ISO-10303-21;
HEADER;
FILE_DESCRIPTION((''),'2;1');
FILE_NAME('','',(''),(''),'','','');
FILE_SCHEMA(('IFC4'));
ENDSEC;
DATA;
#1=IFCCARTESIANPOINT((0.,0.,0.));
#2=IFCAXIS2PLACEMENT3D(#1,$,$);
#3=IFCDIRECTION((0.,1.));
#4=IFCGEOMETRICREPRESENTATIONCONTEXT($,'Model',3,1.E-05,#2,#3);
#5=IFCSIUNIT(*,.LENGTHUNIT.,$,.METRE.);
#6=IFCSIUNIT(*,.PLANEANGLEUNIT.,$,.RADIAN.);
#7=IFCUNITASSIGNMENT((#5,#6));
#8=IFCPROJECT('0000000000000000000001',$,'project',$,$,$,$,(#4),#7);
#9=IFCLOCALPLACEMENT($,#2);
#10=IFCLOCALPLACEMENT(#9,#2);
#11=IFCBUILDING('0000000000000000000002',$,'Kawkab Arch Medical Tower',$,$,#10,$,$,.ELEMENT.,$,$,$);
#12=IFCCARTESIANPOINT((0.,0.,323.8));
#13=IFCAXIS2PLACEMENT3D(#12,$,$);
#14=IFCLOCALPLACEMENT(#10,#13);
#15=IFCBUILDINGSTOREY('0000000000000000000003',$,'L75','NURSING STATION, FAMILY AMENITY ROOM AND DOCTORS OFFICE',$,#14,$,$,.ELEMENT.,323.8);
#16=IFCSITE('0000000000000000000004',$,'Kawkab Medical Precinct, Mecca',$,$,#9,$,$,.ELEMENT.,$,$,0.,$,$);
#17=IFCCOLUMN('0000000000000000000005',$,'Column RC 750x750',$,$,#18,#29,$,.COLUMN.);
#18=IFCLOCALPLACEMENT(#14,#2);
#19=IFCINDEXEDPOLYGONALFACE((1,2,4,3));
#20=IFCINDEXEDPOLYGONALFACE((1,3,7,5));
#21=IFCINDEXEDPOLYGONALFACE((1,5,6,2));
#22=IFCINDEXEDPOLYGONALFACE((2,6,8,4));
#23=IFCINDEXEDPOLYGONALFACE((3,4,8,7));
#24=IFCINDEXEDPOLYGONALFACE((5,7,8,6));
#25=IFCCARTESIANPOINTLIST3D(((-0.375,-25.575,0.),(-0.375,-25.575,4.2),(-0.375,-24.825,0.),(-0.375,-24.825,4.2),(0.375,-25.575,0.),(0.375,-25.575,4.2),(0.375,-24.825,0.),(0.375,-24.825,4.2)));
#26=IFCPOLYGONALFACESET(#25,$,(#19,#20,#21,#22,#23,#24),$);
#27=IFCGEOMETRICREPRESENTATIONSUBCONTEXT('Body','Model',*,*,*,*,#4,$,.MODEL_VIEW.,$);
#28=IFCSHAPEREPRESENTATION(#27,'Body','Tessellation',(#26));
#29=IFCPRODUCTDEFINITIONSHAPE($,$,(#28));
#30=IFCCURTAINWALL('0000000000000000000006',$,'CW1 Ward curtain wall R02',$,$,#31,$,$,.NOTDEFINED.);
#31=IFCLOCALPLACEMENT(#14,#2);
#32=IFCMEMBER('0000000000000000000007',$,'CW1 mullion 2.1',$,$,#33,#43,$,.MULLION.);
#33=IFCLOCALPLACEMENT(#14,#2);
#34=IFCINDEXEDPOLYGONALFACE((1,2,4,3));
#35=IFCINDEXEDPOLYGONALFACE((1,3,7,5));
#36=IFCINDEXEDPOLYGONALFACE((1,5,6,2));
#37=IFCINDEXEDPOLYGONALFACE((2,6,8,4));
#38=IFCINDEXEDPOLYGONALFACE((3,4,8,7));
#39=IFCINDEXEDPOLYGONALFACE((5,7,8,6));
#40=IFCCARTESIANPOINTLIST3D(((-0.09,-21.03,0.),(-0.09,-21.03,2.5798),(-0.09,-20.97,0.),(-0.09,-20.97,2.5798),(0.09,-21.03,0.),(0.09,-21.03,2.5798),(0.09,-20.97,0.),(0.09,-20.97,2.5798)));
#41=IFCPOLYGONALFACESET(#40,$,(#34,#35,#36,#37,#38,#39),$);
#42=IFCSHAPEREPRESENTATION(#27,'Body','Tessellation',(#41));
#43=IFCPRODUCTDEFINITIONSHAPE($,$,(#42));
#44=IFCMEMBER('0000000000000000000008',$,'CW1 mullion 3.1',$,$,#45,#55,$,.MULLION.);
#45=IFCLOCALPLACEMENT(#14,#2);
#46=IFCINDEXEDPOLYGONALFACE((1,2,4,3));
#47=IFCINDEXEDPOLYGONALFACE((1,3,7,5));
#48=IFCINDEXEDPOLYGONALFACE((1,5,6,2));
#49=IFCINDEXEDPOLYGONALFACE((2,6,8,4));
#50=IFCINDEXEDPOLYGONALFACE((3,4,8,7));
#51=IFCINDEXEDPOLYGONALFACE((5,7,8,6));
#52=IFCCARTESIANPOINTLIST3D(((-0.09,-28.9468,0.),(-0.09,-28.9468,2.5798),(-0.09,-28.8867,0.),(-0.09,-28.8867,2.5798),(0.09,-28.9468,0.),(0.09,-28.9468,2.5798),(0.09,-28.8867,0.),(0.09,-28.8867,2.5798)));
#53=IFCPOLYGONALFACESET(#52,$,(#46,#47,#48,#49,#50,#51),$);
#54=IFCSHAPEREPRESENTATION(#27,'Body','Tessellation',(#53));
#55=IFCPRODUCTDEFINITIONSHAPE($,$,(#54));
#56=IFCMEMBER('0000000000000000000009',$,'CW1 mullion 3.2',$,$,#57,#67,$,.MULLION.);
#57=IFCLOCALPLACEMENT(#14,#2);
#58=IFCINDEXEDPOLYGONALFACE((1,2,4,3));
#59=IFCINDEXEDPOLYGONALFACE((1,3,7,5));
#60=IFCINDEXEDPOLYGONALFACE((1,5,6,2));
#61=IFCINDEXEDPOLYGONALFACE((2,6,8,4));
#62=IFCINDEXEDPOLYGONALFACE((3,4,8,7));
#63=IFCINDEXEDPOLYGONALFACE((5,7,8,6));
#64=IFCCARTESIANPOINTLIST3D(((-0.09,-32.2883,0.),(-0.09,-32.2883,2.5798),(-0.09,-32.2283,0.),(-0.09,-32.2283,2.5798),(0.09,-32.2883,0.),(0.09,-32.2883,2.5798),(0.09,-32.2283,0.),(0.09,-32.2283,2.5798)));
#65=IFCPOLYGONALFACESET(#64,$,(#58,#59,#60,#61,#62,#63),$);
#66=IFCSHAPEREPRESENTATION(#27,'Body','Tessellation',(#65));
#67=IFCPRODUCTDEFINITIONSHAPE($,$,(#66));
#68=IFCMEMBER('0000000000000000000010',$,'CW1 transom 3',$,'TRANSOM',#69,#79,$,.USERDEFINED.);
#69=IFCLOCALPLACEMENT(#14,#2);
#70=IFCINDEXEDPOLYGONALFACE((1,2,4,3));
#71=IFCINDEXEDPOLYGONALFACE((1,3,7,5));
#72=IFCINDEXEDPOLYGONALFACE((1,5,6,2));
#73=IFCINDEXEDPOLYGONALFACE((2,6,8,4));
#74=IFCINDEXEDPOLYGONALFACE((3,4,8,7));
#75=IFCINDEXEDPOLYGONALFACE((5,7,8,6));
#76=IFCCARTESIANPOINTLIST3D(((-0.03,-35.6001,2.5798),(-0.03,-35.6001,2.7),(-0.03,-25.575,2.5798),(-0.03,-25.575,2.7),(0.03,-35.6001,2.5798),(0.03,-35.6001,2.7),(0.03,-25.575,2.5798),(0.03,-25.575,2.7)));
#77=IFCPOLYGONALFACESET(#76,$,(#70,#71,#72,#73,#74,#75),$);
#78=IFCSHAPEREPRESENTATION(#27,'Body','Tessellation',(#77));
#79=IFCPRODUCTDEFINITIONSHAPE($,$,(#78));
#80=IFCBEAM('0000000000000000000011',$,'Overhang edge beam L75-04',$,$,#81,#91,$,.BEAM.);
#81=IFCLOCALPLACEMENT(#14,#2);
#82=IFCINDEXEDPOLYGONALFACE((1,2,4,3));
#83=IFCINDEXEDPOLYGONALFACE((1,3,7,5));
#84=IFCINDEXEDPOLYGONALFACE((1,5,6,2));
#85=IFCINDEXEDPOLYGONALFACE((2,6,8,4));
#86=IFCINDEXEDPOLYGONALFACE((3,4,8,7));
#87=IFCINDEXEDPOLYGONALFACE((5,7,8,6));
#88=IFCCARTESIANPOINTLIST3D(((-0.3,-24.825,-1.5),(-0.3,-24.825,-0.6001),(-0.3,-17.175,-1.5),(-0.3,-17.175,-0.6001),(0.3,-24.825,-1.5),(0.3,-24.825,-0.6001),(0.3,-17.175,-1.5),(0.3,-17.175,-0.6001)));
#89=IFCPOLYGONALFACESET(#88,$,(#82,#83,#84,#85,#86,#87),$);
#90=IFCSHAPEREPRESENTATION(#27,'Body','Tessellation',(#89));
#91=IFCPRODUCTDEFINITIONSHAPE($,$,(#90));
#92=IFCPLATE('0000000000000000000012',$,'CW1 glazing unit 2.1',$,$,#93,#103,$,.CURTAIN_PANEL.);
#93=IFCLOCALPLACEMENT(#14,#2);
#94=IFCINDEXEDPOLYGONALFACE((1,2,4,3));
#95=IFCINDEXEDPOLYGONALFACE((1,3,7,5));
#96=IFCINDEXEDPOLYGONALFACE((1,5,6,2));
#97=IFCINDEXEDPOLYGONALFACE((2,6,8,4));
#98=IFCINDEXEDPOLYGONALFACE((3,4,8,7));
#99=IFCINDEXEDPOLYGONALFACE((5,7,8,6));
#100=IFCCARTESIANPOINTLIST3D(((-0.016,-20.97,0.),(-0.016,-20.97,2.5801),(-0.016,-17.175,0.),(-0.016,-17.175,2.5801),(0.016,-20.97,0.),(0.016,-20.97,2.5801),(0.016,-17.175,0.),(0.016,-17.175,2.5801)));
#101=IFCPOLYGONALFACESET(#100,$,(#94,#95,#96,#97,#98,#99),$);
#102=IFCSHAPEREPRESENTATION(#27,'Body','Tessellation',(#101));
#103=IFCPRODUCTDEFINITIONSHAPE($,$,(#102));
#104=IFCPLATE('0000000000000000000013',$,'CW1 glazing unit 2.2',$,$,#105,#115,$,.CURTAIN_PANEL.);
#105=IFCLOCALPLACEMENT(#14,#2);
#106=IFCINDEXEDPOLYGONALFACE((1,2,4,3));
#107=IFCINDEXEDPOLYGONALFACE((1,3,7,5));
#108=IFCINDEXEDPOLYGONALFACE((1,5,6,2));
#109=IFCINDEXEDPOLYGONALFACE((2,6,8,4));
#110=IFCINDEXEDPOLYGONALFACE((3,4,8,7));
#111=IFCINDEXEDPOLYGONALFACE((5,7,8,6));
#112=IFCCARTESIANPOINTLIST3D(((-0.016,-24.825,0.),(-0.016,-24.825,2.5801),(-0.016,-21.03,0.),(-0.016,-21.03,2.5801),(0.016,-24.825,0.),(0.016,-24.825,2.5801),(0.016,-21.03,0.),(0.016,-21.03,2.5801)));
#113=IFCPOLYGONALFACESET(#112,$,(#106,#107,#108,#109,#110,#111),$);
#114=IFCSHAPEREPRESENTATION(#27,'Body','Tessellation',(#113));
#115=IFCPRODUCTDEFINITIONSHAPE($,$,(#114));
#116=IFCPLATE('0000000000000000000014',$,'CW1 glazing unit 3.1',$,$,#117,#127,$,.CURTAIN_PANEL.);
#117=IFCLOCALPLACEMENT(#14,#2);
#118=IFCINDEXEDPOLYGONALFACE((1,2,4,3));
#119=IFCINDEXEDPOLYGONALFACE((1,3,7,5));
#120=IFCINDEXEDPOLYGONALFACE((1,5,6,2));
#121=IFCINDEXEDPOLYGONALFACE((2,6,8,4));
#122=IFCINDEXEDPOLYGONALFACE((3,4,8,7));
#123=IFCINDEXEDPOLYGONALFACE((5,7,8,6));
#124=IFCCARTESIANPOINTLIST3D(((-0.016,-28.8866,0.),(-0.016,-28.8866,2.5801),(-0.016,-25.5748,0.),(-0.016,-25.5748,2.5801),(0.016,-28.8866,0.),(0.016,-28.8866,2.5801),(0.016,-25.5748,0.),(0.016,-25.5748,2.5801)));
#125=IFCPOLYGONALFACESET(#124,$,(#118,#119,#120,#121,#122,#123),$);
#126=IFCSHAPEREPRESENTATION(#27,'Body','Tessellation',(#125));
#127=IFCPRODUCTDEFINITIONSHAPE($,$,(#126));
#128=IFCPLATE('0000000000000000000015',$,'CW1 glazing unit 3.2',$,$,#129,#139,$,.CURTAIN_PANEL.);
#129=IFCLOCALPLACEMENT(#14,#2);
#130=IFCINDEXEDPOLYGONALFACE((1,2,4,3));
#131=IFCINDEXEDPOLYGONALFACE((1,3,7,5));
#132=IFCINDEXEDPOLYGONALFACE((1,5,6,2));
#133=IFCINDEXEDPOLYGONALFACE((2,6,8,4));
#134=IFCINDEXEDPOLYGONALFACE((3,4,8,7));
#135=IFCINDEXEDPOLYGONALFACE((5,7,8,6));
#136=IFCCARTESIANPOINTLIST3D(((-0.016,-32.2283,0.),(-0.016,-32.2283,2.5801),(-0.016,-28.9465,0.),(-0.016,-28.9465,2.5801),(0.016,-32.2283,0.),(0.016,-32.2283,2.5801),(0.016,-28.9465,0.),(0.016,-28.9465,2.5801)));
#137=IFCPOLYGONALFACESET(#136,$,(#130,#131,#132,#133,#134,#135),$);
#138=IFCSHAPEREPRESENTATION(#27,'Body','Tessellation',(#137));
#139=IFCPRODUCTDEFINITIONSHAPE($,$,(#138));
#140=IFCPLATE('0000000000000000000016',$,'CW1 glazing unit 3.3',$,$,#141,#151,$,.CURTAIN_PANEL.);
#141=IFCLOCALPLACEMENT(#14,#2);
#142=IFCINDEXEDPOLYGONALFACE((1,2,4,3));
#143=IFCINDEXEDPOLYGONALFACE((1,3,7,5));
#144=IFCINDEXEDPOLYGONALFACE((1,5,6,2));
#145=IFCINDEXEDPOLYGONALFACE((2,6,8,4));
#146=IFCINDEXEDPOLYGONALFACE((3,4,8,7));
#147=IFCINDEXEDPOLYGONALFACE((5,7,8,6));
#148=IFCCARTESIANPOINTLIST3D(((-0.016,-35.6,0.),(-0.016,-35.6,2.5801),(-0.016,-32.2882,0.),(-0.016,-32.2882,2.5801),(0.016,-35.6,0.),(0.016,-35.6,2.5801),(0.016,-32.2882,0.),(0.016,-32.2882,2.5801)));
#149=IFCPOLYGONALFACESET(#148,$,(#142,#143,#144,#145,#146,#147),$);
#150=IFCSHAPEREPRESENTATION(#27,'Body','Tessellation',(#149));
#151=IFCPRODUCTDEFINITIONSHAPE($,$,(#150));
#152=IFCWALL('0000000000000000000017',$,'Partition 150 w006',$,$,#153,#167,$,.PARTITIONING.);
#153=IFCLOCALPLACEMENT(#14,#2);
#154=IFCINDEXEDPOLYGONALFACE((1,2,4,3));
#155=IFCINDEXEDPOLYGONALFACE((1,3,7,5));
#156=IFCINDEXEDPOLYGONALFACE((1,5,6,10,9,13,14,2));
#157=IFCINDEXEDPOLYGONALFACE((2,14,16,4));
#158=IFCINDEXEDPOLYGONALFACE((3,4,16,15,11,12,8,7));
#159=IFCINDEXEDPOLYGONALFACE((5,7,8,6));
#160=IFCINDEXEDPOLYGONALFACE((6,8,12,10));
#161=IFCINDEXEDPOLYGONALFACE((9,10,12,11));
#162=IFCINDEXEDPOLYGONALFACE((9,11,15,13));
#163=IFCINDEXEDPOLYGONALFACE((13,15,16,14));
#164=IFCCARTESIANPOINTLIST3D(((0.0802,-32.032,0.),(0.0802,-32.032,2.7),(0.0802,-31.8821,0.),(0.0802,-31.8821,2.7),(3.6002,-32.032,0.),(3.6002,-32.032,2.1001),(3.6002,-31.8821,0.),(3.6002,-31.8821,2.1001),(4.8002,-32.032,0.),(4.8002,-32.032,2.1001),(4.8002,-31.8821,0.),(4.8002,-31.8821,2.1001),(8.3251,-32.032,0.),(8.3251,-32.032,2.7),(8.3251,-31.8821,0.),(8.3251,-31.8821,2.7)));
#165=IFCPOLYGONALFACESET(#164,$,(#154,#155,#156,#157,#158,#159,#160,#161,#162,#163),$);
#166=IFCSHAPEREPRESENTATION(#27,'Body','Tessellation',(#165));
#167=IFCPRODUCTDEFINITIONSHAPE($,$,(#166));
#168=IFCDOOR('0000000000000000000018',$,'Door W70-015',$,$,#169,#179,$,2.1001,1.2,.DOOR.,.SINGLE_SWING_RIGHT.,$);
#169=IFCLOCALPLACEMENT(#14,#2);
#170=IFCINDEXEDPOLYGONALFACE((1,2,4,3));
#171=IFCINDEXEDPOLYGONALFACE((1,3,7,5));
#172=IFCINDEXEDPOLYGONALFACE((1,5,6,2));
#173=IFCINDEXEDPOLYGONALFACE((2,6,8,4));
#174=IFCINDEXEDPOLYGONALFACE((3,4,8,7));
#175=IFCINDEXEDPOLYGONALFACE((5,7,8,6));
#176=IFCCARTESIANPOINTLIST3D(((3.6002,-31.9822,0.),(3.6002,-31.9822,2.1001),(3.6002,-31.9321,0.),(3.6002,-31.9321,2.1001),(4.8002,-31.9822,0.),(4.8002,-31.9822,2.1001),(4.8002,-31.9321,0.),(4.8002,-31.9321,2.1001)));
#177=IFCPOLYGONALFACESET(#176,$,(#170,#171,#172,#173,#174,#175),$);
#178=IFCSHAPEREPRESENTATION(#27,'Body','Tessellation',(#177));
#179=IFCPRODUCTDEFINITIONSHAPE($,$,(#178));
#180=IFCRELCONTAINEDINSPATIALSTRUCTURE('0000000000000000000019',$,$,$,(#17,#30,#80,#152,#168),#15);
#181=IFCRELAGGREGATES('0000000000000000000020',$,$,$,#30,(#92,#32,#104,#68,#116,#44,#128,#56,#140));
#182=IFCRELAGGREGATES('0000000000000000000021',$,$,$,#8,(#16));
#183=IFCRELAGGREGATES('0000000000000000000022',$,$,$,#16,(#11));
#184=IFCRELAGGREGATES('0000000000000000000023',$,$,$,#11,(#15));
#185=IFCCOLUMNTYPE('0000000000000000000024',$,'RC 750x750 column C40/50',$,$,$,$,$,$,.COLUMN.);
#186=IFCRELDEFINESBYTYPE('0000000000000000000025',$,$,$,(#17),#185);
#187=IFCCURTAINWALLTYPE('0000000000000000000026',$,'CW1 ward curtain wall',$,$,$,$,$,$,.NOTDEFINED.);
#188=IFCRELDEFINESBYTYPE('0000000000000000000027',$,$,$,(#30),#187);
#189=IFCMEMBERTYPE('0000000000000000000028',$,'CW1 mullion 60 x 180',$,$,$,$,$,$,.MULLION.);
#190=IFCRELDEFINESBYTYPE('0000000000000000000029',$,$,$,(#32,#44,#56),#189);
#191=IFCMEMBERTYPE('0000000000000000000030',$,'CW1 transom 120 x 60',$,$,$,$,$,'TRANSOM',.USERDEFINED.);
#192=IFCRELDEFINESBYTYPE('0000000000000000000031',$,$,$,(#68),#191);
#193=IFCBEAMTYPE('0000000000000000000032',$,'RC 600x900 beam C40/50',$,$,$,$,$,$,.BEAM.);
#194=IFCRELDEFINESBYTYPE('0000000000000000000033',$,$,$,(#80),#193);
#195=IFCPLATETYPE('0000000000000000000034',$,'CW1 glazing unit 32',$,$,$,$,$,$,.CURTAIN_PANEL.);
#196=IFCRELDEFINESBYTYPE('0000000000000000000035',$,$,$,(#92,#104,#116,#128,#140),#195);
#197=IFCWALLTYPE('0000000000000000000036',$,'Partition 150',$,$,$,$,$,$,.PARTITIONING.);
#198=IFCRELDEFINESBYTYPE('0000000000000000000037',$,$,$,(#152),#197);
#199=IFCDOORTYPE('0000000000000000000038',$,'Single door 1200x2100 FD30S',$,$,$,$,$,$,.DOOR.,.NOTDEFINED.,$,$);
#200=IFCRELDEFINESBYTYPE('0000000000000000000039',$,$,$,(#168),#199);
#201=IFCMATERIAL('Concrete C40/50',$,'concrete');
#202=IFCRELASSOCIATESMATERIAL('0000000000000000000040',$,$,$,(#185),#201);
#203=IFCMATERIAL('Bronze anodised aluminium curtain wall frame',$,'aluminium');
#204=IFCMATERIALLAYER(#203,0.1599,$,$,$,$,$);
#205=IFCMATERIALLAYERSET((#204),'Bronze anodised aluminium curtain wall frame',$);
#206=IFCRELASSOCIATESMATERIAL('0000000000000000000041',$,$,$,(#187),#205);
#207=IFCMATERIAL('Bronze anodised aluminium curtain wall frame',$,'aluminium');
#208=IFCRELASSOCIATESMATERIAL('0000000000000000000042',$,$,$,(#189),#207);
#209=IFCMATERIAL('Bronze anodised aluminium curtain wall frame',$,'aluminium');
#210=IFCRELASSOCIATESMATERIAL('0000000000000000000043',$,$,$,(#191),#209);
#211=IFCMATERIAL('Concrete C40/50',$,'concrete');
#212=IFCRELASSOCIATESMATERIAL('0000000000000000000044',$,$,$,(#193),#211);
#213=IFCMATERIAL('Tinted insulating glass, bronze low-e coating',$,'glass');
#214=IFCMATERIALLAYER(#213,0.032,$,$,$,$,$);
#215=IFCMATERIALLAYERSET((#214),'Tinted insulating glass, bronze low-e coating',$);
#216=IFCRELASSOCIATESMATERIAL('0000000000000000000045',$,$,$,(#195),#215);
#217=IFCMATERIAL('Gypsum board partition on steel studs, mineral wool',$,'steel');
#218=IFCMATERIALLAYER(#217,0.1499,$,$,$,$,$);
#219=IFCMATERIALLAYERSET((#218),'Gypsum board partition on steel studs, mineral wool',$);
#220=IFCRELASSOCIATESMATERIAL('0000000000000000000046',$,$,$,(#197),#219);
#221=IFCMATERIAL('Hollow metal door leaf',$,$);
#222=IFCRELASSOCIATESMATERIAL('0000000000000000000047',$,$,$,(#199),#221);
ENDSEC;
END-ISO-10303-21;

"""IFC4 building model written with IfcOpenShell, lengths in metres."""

from ifc_helpers import new_model, si_unit, direction, frame, frame_2d, origin, origin_2d, place, context, subcontext, project, spatial, rectangle, extrude, material, layer, layer_set, material_profile, profile_set, type_object, element, fill, aggregate, save


model = new_model("IFC4")

# Units and contexts
model_context = context("Model", 3, precision=1e-05, world=origin(), true_north=direction((0.0, 1.0)))
body_context = subcontext(model_context, "Body", "Model", "MODEL_VIEW")
ifc_project = project(units=[si_unit("LENGTHUNIT", "METRE"), si_unit("PLANEANGLEUNIT", "RADIAN")], contexts=[model_context])

# Site, building, storey
site_placement = place(None, origin())
site = spatial("IfcSite", under=ifc_project, at=site_placement, Name="Kawkab Medical Precinct, Mecca", CompositionType="ELEMENT", RefElevation=0.0)
building_placement = place(site_placement, origin())
building = spatial("IfcBuilding", under=site, at=building_placement, Name="Kawkab Arch Medical Tower", CompositionType="ELEMENT")
storey_placement = place(building_placement, frame((0.0, 0.0, 323.8)))
storey = spatial("IfcBuildingStorey", under=building, at=storey_placement, Name="L75", Description="NURSING STATION, FAMILY AMENITY ROOM AND DOCTORS OFFICE", CompositionType="ELEMENT", Elevation=323.8)

# Column
ifc_material_1 = material(Name="Concrete C40/50", Category="concrete")
ifc_material_profile_1 = material_profile(ifc_material_1, rectangle(XDim=0.75, YDim=0.75, at=origin_2d()), Name="RC 750x750")
ifc_profile_set_1 = profile_set([ifc_material_profile_1], Name="Concrete C40/50")
column_type = type_object("IfcColumnType", Name="RC 750x750 column C40/50", PredefinedType="COLUMN", material=ifc_profile_set_1)
column_placement = place(storey_placement, frame((0.0, -25.2, 0.0), z_axis=(0.0, 0.0, 1.0), x_axis=(1.0, 0.0, 0.0)))
element("IfcColumn", 1, at=column_placement, inside=storey, type_object=column_type, Name="Column RC 750x750", PredefinedType="COLUMN", context=body_context, shape_type="SweptSolid", body=[
    extrude(rectangle(XDim=0.75, YDim=0.75, at=origin_2d()), origin(), (0.0, 0.0, 1.0), 4.2),
])

# Curtain wall, members
ifc_material_2 = material(Name="Bronze anodised aluminium curtain wall frame", Category="aluminium")
ifc_layer_1 = layer(ifc_material_2, 0.1599)
ifc_layer_set_1 = layer_set([ifc_layer_1], Name="Bronze anodised aluminium curtain wall frame")
curtain_wall_type = type_object("IfcCurtainWallType", Name="CW1 ward curtain wall", PredefinedType="NOTDEFINED", material=ifc_layer_set_1)
curtain_wall_placement = place(storey_placement, origin())
curtain_wall = element("IfcCurtainWall", 2, at=curtain_wall_placement, inside=storey, type_object=curtain_wall_type, Name="CW1 Ward curtain wall R02", PredefinedType="NOTDEFINED")
ifc_material_3 = material(Name="Bronze anodised aluminium curtain wall frame", Category="aluminium")
ifc_material_profile_2 = material_profile(ifc_material_3, rectangle(XDim=0.1799, YDim=0.0601, at=origin_2d()), Name="AL 60x180")
ifc_profile_set_2 = profile_set([ifc_material_profile_2], Name="Bronze anodised aluminium curtain wall frame")
member_type_1 = type_object("IfcMemberType", Name="CW1 mullion 60 x 180", PredefinedType="MULLION", material=ifc_profile_set_2)
member_1_placement = place(storey_placement, frame((0.0, -21.0, 0.0), z_axis=(0.0, 0.0, 1.0), x_axis=(1.0, 0.0, 0.0)))
member_1 = element("IfcMember", 3, at=member_1_placement, type_object=member_type_1, Name="CW1 mullion 2.1", PredefinedType="MULLION", context=body_context, shape_type="SweptSolid", body=[
    extrude(rectangle(XDim=0.1799, YDim=0.0601, at=origin_2d()), origin(), (0.0, 0.0, 1.0), 2.5798),
])
member_2_placement = place(storey_placement, frame((0.0, -28.9167, 0.0), z_axis=(0.0, 0.0, 1.0), x_axis=(1.0, 0.0, 0.0)))
member_2 = element("IfcMember", 4, at=member_2_placement, type_object=member_type_1, Name="CW1 mullion 3.1", PredefinedType="MULLION", context=body_context, shape_type="SweptSolid", body=[
    extrude(rectangle(XDim=0.1799, YDim=0.0601, at=origin_2d()), origin(), (0.0, 0.0, 1.0), 2.5798),
])
member_3_placement = place(storey_placement, frame((0.0, -32.2583, 0.0), z_axis=(0.0, 0.0, 1.0), x_axis=(1.0, 0.0, 0.0)))
member_3 = element("IfcMember", 5, at=member_3_placement, type_object=member_type_1, Name="CW1 mullion 3.2", PredefinedType="MULLION", context=body_context, shape_type="SweptSolid", body=[
    extrude(rectangle(XDim=0.1799, YDim=0.0601, at=origin_2d()), origin(), (0.0, 0.0, 1.0), 2.5798),
])
ifc_material_4 = material(Name="Bronze anodised aluminium curtain wall frame", Category="aluminium")
ifc_material_profile_3 = material_profile(ifc_material_4, rectangle(XDim=0.0601, YDim=0.1201, at=origin_2d()), Name="AL 60x120")
ifc_profile_set_3 = profile_set([ifc_material_profile_3], Name="Bronze anodised aluminium curtain wall frame")
member_type_2 = type_object("IfcMemberType", Name="CW1 transom 120 x 60", ElementType="TRANSOM", PredefinedType="USERDEFINED", material=ifc_profile_set_3)
member_4_placement = place(storey_placement, frame((0.0, -25.575, 2.6399), z_axis=(0.0, -1.0, 0.0), x_axis=(1.0, 0.0, 0.0)))
member_4 = element("IfcMember", 6, at=member_4_placement, type_object=member_type_2, Name="CW1 transom 3", ObjectType="TRANSOM", PredefinedType="USERDEFINED", context=body_context, shape_type="SweptSolid", body=[
    extrude(rectangle(XDim=0.0601, YDim=0.1201, at=origin_2d()), origin(), (0.0, 0.0, 1.0), 10.0251),
])

# Beam
ifc_material_5 = material(Name="Concrete C40/50", Category="concrete")
ifc_material_profile_4 = material_profile(ifc_material_5, rectangle(XDim=0.6001, YDim=0.8999, at=origin_2d()), Name="RC 600x900")
ifc_profile_set_4 = profile_set([ifc_material_profile_4], Name="Concrete C40/50")
beam_type = type_object("IfcBeamType", Name="RC 600x900 beam C40/50", PredefinedType="BEAM", material=ifc_profile_set_4)
beam_placement = place(storey_placement, frame((0.0, -24.825, -1.05), z_axis=(0.0, 1.0, 0.0), x_axis=(-1.0, 0.0, 0.0)))
element("IfcBeam", 7, at=beam_placement, inside=storey, type_object=beam_type, Name="Overhang edge beam L75-04", PredefinedType="BEAM", context=body_context, shape_type="SweptSolid", body=[
    extrude(rectangle(XDim=0.6001, YDim=0.8999, at=origin_2d()), origin(), (0.0, 0.0, 1.0), 7.6499),
])

# Plates
ifc_material_6 = material(Name="Tinted insulating glass, bronze low-e coating", Category="glass")
ifc_layer_2 = layer(ifc_material_6, 0.032)
ifc_layer_set_2 = layer_set([ifc_layer_2], Name="Tinted insulating glass, bronze low-e coating")
plate_type = type_object("IfcPlateType", Name="CW1 glazing unit 32", PredefinedType="CURTAIN_PANEL", material=ifc_layer_set_2)
plate_1_placement = place(storey_placement, frame((0.0, -19.0725, 0.0), z_axis=(0.0, 0.0, 1.0), x_axis=(0.0, -1.0, 0.0)))
plate_1 = element("IfcPlate", 8, at=plate_1_placement, type_object=plate_type, Name="CW1 glazing unit 2.1", PredefinedType="CURTAIN_PANEL", context=body_context, shape_type="SweptSolid", body=[
    extrude(rectangle(XDim=3.7949, YDim=0.032, at=origin_2d()), origin(), (0.0, 0.0, 1.0), 2.5801),
])
plate_2_placement = place(storey_placement, frame((0.0, -22.9275, 0.0), z_axis=(0.0, 0.0, 1.0), x_axis=(0.0, -1.0, 0.0)))
plate_2 = element("IfcPlate", 9, at=plate_2_placement, type_object=plate_type, Name="CW1 glazing unit 2.2", PredefinedType="CURTAIN_PANEL", context=body_context, shape_type="SweptSolid", body=[
    extrude(rectangle(XDim=3.7949, YDim=0.032, at=origin_2d()), origin(), (0.0, 0.0, 1.0), 2.5801),
])
plate_3_placement = place(storey_placement, frame((0.0, -27.2307, 0.0), z_axis=(0.0, 0.0, 1.0), x_axis=(0.0, -1.0, 0.0)))
plate_3 = element("IfcPlate", 10, at=plate_3_placement, type_object=plate_type, Name="CW1 glazing unit 3.1", PredefinedType="CURTAIN_PANEL", context=body_context, shape_type="SweptSolid", body=[
    extrude(rectangle(XDim=3.3118, YDim=0.032, at=origin_2d()), origin(), (0.0, 0.0, 1.0), 2.5801),
])
plate_4_placement = place(storey_placement, frame((0.0, -30.5874, 0.0), z_axis=(0.0, 0.0, 1.0), x_axis=(0.0, -1.0, 0.0)))
plate_4 = element("IfcPlate", 11, at=plate_4_placement, type_object=plate_type, Name="CW1 glazing unit 3.2", PredefinedType="CURTAIN_PANEL", context=body_context, shape_type="SweptSolid", body=[
    extrude(rectangle(XDim=3.2817, YDim=0.032, at=origin_2d()), origin(), (0.0, 0.0, 1.0), 2.5801),
])
plate_5_placement = place(storey_placement, frame((0.0, -33.9441, 0.0), z_axis=(0.0, 0.0, 1.0), x_axis=(0.0, -1.0, 0.0)))
plate_5 = element("IfcPlate", 12, at=plate_5_placement, type_object=plate_type, Name="CW1 glazing unit 3.3", PredefinedType="CURTAIN_PANEL", context=body_context, shape_type="SweptSolid", body=[
    extrude(rectangle(XDim=3.3118, YDim=0.032, at=origin_2d()), origin(), (0.0, 0.0, 1.0), 2.5801),
])
aggregate(curtain_wall, [plate_1, member_1, plate_2, member_4, plate_3, member_2, plate_4, member_3, plate_5])

# Wall, opening, door
ifc_material_7 = material(Name="Gypsum board partition on steel studs, mineral wool", Category="steel")
ifc_layer_3 = layer(ifc_material_7, 0.1499)
ifc_layer_set_3 = layer_set([ifc_layer_3], Name="Gypsum board partition on steel studs, mineral wool")
wall_type_1 = type_object("IfcWallType", Name="Partition 150", PredefinedType="PARTITIONING", material=ifc_layer_set_3)
wall_1_placement = place(storey_placement, frame((0.0801, -31.957, 0.0), z_axis=(0.0, 0.0, 1.0), x_axis=(1.0, 0.0, 0.0)))
wall_1 = element("IfcWall", 13, at=wall_1_placement, inside=storey, type_object=wall_type_1, Name="Partition 150 w006", PredefinedType="PARTITIONING", context=body_context, shape_type="SweptSolid", body=[
    extrude(rectangle(XDim=8.2449, YDim=0.1499, at=frame_2d((4.1226, 0.0))), origin(), (0.0, 0.0, 1.0), 2.7),
])
opening_placement = place(wall_1_placement, frame((3.52, 0.0, 0.0)))
opening = element("IfcOpeningElement", 14, at=opening_placement, cuts=wall_1, PredefinedType="OPENING", context=body_context, shape_type="SweptSolid", body=[
    extrude(rectangle(XDim=1.2, YDim=2.1001, at=frame_2d((0.6001, 1.05))), frame((0.0, 0.085, 0.0), z_axis=(0.0, -1.0, 0.0), x_axis=(1.0, 0.0, 0.0)), (0.0, 0.0, 1.0), 0.1699),
])
ifc_material_8 = material(Name="Hollow metal door leaf")
door_type = type_object("IfcDoorType", Name="Single door 1200x2100 FD30S", OperationType="NOTDEFINED", PredefinedType="DOOR", material=ifc_material_8)
door_placement = place(opening_placement, origin())
door = element("IfcDoor", 15, at=door_placement, inside=storey, type_object=door_type, Name="Door W70-015", OperationType="SINGLE_SWING_RIGHT", OverallHeight=2.1001, OverallWidth=1.2, PredefinedType="DOOR", context=body_context, shape_type="SweptSolid", body=[
    extrude(rectangle(XDim=1.2, YDim=2.1001, at=frame_2d((0.6001, 1.05))), frame((0.0, 0.0249, 0.0), z_axis=(0.0, -1.0, 0.0), x_axis=(1.0, 0.0, 0.0)), (0.0, 0.0, 1.0), 0.05),
])
fill(opening, door)

save(model, "model.ifc")
